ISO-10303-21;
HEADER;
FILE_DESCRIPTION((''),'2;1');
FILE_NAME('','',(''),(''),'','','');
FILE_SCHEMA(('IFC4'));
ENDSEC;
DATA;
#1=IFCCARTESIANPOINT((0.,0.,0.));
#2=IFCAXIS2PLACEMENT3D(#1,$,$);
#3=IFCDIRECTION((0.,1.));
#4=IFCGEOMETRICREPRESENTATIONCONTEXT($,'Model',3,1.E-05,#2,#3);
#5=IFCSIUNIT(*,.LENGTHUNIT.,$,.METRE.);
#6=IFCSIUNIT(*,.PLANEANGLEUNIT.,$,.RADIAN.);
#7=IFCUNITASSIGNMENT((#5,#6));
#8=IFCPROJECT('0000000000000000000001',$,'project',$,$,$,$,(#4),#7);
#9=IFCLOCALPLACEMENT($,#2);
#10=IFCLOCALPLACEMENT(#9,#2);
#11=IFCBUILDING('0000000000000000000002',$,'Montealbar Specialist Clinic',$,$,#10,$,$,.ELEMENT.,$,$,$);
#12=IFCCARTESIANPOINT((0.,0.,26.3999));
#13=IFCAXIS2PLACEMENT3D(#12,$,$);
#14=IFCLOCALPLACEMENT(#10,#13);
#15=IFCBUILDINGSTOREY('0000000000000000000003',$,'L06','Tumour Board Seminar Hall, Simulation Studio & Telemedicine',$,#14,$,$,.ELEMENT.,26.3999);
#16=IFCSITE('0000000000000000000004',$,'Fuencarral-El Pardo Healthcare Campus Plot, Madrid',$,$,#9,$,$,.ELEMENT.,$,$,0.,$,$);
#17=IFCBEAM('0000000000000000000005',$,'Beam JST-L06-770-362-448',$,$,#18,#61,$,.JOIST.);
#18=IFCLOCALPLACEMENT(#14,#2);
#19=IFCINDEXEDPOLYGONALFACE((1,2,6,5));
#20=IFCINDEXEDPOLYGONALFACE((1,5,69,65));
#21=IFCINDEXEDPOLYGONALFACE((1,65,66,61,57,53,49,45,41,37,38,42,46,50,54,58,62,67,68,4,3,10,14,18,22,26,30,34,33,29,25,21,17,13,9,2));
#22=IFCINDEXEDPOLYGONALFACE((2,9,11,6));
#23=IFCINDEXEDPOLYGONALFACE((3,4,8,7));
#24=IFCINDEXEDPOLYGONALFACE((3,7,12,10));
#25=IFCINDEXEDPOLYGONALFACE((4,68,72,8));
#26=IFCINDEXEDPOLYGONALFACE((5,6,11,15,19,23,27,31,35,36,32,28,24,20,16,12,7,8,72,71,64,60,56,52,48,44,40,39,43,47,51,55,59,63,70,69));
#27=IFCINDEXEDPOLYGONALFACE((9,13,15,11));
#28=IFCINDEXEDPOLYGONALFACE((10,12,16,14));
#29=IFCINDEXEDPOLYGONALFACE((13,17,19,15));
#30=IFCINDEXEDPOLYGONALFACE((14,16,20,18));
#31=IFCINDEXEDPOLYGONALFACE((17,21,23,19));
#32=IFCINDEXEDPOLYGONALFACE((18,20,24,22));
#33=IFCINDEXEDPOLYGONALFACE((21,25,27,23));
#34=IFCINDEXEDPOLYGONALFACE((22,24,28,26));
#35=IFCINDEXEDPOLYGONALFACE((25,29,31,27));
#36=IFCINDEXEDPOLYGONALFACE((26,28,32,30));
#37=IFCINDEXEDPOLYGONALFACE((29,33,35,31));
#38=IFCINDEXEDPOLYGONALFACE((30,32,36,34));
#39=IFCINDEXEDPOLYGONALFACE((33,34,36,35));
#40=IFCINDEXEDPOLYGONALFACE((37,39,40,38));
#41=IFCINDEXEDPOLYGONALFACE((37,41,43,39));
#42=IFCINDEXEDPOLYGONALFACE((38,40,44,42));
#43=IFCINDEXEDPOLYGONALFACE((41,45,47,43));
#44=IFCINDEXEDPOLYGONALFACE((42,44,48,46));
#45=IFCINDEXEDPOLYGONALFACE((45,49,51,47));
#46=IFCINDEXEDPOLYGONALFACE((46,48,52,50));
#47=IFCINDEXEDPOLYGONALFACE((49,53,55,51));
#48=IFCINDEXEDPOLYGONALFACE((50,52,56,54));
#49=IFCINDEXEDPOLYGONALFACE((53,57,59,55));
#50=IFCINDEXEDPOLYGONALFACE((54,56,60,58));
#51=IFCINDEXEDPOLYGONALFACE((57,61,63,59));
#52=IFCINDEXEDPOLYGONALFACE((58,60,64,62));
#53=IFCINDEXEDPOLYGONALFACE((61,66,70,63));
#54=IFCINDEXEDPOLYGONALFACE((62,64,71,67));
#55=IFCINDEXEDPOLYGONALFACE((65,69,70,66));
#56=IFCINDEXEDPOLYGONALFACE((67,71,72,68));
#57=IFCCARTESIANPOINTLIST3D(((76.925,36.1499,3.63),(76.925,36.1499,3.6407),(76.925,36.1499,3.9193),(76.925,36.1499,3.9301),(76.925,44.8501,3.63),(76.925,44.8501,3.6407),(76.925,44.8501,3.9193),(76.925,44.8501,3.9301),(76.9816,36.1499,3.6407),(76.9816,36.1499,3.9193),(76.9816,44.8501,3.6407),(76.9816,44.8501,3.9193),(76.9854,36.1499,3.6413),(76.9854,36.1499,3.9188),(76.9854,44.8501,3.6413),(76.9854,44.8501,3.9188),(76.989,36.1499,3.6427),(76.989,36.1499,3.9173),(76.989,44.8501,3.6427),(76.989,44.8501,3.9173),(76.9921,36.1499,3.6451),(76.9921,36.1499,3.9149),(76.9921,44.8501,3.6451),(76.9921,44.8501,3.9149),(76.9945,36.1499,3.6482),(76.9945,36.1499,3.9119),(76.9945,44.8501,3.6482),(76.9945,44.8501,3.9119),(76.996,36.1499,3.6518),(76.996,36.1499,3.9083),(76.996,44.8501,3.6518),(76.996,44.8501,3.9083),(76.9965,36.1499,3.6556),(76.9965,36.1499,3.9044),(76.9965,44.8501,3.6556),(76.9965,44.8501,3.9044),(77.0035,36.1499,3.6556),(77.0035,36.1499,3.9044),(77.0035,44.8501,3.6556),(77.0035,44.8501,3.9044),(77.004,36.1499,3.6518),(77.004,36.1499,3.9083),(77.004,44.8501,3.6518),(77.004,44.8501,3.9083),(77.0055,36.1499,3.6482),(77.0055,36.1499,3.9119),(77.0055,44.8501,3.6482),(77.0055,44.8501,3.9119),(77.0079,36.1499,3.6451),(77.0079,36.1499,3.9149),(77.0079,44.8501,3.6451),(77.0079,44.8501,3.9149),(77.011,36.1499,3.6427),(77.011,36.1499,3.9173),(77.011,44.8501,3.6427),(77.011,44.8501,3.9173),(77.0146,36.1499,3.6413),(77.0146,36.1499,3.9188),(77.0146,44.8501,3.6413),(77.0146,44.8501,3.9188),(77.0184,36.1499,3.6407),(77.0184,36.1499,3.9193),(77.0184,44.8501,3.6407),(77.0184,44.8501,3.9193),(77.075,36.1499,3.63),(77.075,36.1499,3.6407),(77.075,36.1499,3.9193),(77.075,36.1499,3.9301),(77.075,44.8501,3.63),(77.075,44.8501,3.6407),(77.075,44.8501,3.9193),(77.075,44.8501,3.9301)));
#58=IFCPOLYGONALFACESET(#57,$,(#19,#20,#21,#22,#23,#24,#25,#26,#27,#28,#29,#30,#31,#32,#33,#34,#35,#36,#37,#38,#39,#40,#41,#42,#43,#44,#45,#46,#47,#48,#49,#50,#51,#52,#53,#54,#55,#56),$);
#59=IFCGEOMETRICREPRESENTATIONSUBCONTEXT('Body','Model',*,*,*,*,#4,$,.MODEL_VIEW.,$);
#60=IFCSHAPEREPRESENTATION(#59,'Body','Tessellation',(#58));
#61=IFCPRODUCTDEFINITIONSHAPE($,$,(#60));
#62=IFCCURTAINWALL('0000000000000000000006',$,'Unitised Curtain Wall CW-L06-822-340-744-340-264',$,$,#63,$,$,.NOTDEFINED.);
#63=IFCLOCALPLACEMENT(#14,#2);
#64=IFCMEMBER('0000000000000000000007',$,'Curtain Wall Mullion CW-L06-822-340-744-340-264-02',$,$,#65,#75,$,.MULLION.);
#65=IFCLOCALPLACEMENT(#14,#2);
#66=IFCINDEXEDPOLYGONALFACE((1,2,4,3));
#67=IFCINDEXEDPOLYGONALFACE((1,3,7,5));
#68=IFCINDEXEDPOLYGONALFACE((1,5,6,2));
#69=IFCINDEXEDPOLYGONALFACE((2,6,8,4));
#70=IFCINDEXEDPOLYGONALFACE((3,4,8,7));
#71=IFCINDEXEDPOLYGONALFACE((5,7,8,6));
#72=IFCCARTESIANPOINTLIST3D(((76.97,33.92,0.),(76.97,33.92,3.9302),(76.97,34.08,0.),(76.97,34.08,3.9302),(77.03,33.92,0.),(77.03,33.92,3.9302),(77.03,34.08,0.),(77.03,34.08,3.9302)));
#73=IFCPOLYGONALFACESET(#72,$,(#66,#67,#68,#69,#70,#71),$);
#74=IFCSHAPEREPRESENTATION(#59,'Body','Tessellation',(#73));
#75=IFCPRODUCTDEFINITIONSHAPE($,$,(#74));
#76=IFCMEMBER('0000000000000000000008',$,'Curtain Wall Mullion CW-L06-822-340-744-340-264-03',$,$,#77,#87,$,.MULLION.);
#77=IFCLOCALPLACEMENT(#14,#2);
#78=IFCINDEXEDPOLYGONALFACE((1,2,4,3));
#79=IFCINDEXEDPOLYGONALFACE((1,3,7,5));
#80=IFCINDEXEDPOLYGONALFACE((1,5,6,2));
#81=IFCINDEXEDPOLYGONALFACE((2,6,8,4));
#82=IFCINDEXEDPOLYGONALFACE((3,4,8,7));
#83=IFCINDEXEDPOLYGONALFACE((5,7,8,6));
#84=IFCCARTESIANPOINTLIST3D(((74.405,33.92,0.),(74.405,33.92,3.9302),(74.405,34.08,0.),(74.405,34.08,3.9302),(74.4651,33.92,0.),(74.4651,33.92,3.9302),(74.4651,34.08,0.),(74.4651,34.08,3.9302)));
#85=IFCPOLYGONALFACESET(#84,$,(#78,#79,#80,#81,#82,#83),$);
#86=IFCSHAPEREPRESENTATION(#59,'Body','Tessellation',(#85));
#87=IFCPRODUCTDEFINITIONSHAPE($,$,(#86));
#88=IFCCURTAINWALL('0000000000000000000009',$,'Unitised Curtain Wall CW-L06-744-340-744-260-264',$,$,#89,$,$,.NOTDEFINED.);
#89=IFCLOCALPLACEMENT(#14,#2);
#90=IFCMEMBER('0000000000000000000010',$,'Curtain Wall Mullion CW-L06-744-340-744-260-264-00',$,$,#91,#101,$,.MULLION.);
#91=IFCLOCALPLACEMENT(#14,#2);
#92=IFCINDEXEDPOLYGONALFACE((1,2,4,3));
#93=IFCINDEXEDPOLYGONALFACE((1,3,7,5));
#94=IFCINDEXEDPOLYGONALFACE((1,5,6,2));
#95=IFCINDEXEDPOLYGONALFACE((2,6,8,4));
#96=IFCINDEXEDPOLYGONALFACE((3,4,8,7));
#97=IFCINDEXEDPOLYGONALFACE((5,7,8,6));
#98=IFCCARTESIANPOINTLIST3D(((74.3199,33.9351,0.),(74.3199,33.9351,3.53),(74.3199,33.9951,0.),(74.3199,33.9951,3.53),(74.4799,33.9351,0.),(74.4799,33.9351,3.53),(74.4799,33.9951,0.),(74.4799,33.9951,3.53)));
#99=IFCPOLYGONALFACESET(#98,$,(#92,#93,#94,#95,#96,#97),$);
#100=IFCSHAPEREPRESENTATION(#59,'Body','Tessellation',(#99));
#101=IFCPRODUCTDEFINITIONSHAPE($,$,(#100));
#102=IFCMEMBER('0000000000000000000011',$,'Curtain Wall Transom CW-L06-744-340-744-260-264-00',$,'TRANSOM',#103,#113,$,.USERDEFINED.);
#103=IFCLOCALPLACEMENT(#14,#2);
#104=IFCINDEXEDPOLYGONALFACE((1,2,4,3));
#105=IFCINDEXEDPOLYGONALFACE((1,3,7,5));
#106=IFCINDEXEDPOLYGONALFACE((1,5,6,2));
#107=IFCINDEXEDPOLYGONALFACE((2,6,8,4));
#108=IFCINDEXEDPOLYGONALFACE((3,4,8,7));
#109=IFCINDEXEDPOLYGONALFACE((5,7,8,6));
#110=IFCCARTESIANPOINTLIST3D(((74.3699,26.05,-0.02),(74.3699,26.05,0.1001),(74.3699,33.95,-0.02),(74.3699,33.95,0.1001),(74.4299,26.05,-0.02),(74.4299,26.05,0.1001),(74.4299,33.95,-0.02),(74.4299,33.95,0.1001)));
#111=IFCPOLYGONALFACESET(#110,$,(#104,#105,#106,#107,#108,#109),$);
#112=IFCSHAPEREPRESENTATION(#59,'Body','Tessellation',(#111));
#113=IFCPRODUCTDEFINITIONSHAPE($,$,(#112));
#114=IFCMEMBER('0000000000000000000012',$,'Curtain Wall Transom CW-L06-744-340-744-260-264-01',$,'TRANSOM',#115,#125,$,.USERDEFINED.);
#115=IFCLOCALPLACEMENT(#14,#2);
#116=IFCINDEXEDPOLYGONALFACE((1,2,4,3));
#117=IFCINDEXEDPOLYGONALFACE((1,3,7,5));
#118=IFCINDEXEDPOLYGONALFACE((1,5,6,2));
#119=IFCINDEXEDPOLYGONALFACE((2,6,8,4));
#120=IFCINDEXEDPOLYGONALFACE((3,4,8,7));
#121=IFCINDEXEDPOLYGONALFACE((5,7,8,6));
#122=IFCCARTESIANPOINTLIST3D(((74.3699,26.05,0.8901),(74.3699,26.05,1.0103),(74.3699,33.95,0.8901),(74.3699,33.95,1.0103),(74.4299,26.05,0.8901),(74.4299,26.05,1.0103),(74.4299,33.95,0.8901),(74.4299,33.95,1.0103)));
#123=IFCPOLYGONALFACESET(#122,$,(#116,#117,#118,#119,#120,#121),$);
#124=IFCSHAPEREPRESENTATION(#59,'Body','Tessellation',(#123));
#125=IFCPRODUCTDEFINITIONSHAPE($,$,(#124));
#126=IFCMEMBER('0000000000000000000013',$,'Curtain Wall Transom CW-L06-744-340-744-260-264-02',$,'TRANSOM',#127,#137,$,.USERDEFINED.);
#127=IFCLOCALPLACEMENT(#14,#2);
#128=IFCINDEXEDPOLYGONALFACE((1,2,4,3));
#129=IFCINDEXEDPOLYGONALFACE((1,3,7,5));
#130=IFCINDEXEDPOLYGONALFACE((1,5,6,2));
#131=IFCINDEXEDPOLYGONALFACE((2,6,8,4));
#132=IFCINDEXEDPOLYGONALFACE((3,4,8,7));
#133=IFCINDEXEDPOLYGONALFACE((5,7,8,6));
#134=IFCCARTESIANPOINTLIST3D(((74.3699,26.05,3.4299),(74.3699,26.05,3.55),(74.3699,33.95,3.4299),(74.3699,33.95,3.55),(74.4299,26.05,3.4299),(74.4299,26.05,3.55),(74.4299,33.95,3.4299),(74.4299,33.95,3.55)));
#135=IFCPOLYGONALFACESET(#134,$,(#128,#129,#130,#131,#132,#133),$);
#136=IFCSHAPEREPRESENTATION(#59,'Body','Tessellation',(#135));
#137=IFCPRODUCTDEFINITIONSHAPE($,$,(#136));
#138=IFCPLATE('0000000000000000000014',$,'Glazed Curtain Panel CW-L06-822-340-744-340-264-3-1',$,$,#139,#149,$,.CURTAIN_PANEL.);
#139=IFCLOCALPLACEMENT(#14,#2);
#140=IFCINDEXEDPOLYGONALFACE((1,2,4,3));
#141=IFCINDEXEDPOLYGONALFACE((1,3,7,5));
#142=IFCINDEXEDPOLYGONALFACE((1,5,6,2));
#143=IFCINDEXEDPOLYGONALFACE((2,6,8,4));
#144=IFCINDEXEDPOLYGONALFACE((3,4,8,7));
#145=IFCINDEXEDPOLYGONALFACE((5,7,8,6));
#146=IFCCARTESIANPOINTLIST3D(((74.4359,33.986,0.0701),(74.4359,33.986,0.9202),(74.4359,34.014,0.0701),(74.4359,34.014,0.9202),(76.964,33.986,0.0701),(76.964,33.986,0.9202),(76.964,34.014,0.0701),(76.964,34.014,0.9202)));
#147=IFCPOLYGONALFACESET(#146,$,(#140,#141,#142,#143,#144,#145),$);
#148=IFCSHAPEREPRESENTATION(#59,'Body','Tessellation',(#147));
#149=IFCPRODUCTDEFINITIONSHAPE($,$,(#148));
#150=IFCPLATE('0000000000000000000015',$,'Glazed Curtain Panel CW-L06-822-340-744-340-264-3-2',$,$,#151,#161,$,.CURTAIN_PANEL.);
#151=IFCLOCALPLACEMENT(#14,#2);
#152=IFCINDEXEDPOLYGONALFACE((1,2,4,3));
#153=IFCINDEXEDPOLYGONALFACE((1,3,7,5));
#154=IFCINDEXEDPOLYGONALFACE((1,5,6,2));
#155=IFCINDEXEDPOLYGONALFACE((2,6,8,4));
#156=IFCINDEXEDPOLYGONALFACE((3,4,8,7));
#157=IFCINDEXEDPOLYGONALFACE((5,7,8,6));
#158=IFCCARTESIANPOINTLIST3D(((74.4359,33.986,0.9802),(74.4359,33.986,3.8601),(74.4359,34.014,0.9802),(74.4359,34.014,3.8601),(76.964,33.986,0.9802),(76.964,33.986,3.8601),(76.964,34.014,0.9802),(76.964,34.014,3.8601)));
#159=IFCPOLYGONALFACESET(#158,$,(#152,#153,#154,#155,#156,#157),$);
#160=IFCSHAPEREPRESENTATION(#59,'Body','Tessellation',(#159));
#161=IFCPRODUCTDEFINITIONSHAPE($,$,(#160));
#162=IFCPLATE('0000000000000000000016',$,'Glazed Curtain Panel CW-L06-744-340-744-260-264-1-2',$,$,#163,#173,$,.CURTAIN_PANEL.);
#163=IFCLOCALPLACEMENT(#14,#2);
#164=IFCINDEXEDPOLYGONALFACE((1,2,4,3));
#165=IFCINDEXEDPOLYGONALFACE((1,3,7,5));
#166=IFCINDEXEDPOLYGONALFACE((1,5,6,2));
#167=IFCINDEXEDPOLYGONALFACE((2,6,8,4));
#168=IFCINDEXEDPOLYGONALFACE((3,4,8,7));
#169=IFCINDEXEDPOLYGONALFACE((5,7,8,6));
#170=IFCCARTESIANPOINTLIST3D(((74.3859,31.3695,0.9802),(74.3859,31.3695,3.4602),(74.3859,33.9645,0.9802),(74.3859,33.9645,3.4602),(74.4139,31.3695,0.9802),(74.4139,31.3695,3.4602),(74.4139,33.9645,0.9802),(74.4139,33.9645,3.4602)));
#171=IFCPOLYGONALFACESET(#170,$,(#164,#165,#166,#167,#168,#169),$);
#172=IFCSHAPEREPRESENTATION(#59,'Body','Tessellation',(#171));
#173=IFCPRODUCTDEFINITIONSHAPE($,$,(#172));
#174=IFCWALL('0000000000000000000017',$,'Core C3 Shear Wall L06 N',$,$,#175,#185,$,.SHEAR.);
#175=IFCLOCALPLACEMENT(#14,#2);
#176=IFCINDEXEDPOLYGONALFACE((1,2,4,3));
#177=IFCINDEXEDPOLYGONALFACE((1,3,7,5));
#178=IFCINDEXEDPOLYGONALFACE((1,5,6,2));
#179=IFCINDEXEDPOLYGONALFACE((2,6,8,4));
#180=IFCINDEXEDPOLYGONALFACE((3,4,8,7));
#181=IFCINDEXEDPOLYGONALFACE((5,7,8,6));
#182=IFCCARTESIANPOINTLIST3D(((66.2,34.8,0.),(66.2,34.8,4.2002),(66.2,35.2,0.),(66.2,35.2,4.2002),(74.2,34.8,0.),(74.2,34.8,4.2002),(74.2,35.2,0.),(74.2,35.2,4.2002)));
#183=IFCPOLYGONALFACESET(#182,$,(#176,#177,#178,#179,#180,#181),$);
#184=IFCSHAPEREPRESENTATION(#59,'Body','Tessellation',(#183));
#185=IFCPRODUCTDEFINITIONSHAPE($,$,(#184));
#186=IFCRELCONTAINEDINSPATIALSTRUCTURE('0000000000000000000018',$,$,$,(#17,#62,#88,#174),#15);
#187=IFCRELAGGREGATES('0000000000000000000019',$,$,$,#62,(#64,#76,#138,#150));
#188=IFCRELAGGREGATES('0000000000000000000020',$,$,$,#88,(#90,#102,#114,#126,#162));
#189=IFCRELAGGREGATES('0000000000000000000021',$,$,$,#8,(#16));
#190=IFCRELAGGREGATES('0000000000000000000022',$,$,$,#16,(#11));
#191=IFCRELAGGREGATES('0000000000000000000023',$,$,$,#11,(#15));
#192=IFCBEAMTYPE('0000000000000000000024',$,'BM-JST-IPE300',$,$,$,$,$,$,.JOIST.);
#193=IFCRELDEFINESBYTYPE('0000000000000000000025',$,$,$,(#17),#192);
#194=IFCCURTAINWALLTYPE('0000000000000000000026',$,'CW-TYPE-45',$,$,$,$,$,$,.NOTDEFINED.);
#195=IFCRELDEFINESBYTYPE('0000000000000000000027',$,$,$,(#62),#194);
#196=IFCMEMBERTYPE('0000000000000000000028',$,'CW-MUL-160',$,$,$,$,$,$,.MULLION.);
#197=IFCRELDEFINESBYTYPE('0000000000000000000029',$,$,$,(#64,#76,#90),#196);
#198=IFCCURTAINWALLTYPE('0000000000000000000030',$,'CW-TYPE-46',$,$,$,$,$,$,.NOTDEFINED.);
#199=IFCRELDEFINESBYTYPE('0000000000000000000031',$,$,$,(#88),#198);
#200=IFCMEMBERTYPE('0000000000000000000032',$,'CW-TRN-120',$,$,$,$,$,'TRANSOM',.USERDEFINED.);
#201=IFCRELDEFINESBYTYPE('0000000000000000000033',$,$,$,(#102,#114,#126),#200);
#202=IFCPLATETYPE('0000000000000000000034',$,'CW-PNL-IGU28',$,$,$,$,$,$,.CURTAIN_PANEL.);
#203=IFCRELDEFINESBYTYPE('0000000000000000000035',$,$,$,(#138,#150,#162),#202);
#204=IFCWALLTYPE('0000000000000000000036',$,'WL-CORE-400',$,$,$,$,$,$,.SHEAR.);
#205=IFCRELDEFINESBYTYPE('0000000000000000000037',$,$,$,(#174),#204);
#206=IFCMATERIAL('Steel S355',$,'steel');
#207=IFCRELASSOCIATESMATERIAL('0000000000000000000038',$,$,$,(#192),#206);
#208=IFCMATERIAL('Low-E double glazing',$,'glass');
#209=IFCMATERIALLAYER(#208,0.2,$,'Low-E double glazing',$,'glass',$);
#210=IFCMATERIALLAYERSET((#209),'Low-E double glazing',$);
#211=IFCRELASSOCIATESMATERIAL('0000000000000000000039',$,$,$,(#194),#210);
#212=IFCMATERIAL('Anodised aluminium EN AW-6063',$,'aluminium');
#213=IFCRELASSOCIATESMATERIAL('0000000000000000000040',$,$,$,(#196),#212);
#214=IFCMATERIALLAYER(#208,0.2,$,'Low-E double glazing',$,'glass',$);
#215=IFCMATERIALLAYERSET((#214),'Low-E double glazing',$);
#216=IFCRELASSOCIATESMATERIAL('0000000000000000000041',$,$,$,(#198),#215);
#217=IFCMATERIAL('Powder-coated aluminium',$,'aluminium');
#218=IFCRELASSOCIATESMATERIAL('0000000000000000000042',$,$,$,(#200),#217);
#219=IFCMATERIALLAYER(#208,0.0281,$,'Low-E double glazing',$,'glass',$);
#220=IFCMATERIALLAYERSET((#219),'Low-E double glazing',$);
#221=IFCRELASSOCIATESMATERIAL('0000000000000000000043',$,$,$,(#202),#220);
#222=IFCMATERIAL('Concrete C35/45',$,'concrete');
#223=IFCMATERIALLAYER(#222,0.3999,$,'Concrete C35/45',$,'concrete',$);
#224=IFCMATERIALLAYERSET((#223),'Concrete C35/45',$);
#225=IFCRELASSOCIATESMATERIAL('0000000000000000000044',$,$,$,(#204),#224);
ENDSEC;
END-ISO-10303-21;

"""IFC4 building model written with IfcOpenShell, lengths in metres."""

from ifc_helpers import new_model, si_unit, direction, frame, frame_2d, origin, origin_2d, place, context, subcontext, project, spatial, rectangle, i_section, extrude, material, layer, layer_set, material_profile, profile_set, type_object, element, aggregate, save


model = new_model("IFC4")

# Units and contexts
model_context = context("Model", 3, precision=1e-05, world=origin(), true_north=direction((0.0, 1.0)))
body_context = subcontext(model_context, "Body", "Model", "MODEL_VIEW")
ifc_project = project(units=[si_unit("LENGTHUNIT", "METRE"), si_unit("PLANEANGLEUNIT", "RADIAN")], contexts=[model_context])

# Site, building, storey
site_placement = place(None, origin())
site = spatial("IfcSite", under=ifc_project, at=site_placement, Name="Fuencarral-El Pardo Healthcare Campus Plot, Madrid", CompositionType="ELEMENT", RefElevation=0.0)
building_placement = place(site_placement, origin())
building = spatial("IfcBuilding", under=site, at=building_placement, Name="Montealbar Specialist Clinic", CompositionType="ELEMENT")
storey_placement = place(building_placement, frame((0.0, 0.0, 26.3999)))
storey = spatial("IfcBuildingStorey", under=building, at=storey_placement, Name="L06", Description="Tumour Board Seminar Hall, Simulation Studio & Telemedicine", CompositionType="ELEMENT", Elevation=26.3999)

# Shared definitions
ifc_material_1 = material(Name="Steel S355", Category="steel")

# Beam
ifc_material_profile_1 = material_profile(ifc_material_1, i_section(OverallWidth=0.1499, OverallDepth=0.3, WebThickness=0.0071, FlangeThickness=0.0107, FilletRadius=0.0149, at=origin_2d()), Name="IPE 300", Category="steel")
ifc_profile_set_1 = profile_set([ifc_material_profile_1], Name="Steel S355")
beam_type_1 = type_object("IfcBeamType", Name="BM-JST-IPE300", PredefinedType="JOIST", material=ifc_profile_set_1)
beam_1_placement = place(storey_placement, frame((77.0, 36.1499, 3.78), z_axis=(0.0, 1.0, 0.0), x_axis=(-1.0, 0.0, 0.0)))
element("IfcBeam", 1, at=beam_1_placement, inside=storey, type_object=beam_type_1, Name="Beam JST-L06-770-362-448", PredefinedType="JOIST", context=body_context, shape_type="SweptSolid", body=[
    extrude(i_section(OverallWidth=0.1499, OverallDepth=0.3, WebThickness=0.0071, FlangeThickness=0.0107, FilletRadius=0.0149, at=origin_2d()), origin(), (0.0, 0.0, 1.0), 8.7002),
])

# Curtain walls, members
ifc_material_2 = material(Name="Low-E double glazing", Category="glass")
ifc_layer_1 = layer(ifc_material_2, 0.2, Name="Low-E double glazing", Category="glass")
ifc_layer_set_1 = layer_set([ifc_layer_1], Name="Low-E double glazing")
curtain_wall_type_1 = type_object("IfcCurtainWallType", Name="CW-TYPE-45", PredefinedType="NOTDEFINED", material=ifc_layer_set_1)
curtain_wall_1_placement = place(storey_placement, origin())
curtain_wall_1 = element("IfcCurtainWall", 2, at=curtain_wall_1_placement, inside=storey, type_object=curtain_wall_type_1, Name="Unitised Curtain Wall CW-L06-822-340-744-340-264", PredefinedType="NOTDEFINED")
ifc_material_3 = material(Name="Anodised aluminium EN AW-6063", Category="aluminium")
ifc_material_profile_2 = material_profile(ifc_material_3, rectangle(XDim=0.0601, YDim=0.1599, at=origin_2d()), Name="ALU 60x160", Category="aluminium")
ifc_profile_set_2 = profile_set([ifc_material_profile_2], Name="Anodised aluminium EN AW-6063")
member_type_1 = type_object("IfcMemberType", Name="CW-MUL-160", PredefinedType="MULLION", material=ifc_profile_set_2)
member_1_placement = place(storey_placement, frame((77.0, 34.0, 0.0), z_axis=(0.0, 0.0, 1.0), x_axis=(-1.0, 0.0, 0.0)))
member_1 = element("IfcMember", 3, at=member_1_placement, type_object=member_type_1, Name="Curtain Wall Mullion CW-L06-822-340-744-340-264-02", PredefinedType="MULLION", context=body_context, shape_type="SweptSolid", body=[
    extrude(rectangle(XDim=0.0601, YDim=0.1599, at=origin_2d()), origin(), (0.0, 0.0, 1.0), 3.9302),
])
member_2_placement = place(storey_placement, frame((74.4351, 34.0, 0.0), z_axis=(0.0, 0.0, 1.0), x_axis=(-1.0, 0.0, 0.0)))
member_2 = element("IfcMember", 4, at=member_2_placement, type_object=member_type_1, Name="Curtain Wall Mullion CW-L06-822-340-744-340-264-03", PredefinedType="MULLION", context=body_context, shape_type="SweptSolid", body=[
    extrude(rectangle(XDim=0.0601, YDim=0.1599, at=origin_2d()), origin(), (0.0, 0.0, 1.0), 3.9302),
])
ifc_layer_2 = layer(ifc_material_2, 0.2, Name="Low-E double glazing", Category="glass")
ifc_layer_set_2 = layer_set([ifc_layer_2], Name="Low-E double glazing")
curtain_wall_type_2 = type_object("IfcCurtainWallType", Name="CW-TYPE-46", PredefinedType="NOTDEFINED", material=ifc_layer_set_2)
curtain_wall_2_placement = place(storey_placement, origin())
curtain_wall_2 = element("IfcCurtainWall", 5, at=curtain_wall_2_placement, inside=storey, type_object=curtain_wall_type_2, Name="Unitised Curtain Wall CW-L06-744-340-744-260-264", PredefinedType="NOTDEFINED")
member_3_placement = place(storey_placement, frame((74.3999, 33.9651, 0.0), z_axis=(0.0, 0.0, 1.0), x_axis=(0.0, -1.0, 0.0)))
member_3 = element("IfcMember", 6, at=member_3_placement, type_object=member_type_1, Name="Curtain Wall Mullion CW-L06-744-340-744-260-264-00", PredefinedType="MULLION", context=body_context, shape_type="SweptSolid", body=[
    extrude(rectangle(XDim=0.0601, YDim=0.1599, at=origin_2d()), origin(), (0.0, 0.0, 1.0), 3.53),
])
ifc_material_4 = material(Name="Powder-coated aluminium", Category="aluminium")
ifc_material_profile_3 = material_profile(ifc_material_4, rectangle(XDim=0.0601, YDim=0.1201, at=origin_2d()), Name="ALU 60x120", Category="aluminium")
ifc_profile_set_3 = profile_set([ifc_material_profile_3], Name="Powder-coated aluminium")
member_type_2 = type_object("IfcMemberType", Name="CW-TRN-120", ElementType="TRANSOM", PredefinedType="USERDEFINED", material=ifc_profile_set_3)
member_4_placement = place(storey_placement, frame((74.3999, 33.95, 0.04), z_axis=(0.0, -1.0, 0.0), x_axis=(1.0, 0.0, 0.0)))
member_4 = element("IfcMember", 7, at=member_4_placement, type_object=member_type_2, Name="Curtain Wall Transom CW-L06-744-340-744-260-264-00", ObjectType="TRANSOM", PredefinedType="USERDEFINED", context=body_context, shape_type="SweptSolid", body=[
    extrude(rectangle(XDim=0.0601, YDim=0.1201, at=origin_2d()), origin(), (0.0, 0.0, 1.0), 7.8999),
])
member_5_placement = place(storey_placement, frame((74.3999, 33.95, 0.9502), z_axis=(0.0, -1.0, 0.0), x_axis=(1.0, 0.0, 0.0)))
member_5 = element("IfcMember", 8, at=member_5_placement, type_object=member_type_2, Name="Curtain Wall Transom CW-L06-744-340-744-260-264-01", ObjectType="TRANSOM", PredefinedType="USERDEFINED", context=body_context, shape_type="SweptSolid", body=[
    extrude(rectangle(XDim=0.0601, YDim=0.1201, at=origin_2d()), origin(), (0.0, 0.0, 1.0), 7.8999),
])
member_6_placement = place(storey_placement, frame((74.3999, 33.95, 3.49), z_axis=(0.0, -1.0, 0.0), x_axis=(1.0, 0.0, 0.0)))
member_6 = element("IfcMember", 9, at=member_6_placement, type_object=member_type_2, Name="Curtain Wall Transom CW-L06-744-340-744-260-264-02", ObjectType="TRANSOM", PredefinedType="USERDEFINED", context=body_context, shape_type="SweptSolid", body=[
    extrude(rectangle(XDim=0.0601, YDim=0.1201, at=origin_2d()), origin(), (0.0, 0.0, 1.0), 7.8999),
])

# Plates
ifc_layer_3 = layer(ifc_material_2, 0.0281, Name="Low-E double glazing", Category="glass")
ifc_layer_set_3 = layer_set([ifc_layer_3], Name="Low-E double glazing")
plate_type = type_object("IfcPlateType", Name="CW-PNL-IGU28", PredefinedType="CURTAIN_PANEL", material=ifc_layer_set_3)
plate_1_placement = place(storey_placement, frame((75.7, 34.0, 0.0701), z_axis=(0.0, 0.0, 1.0), x_axis=(-1.0, 0.0, 0.0)))
plate_1 = element("IfcPlate", 10, at=plate_1_placement, type_object=plate_type, Name="Glazed Curtain Panel CW-L06-822-340-744-340-264-3-1", PredefinedType="CURTAIN_PANEL", context=body_context, shape_type="SweptSolid", body=[
    extrude(rectangle(XDim=2.5281, YDim=0.0281, at=origin_2d()), origin(), (0.0, 0.0, 1.0), 0.8501),
])
plate_2_placement = place(storey_placement, frame((75.7, 34.0, 0.9802), z_axis=(0.0, 0.0, 1.0), x_axis=(-1.0, 0.0, 0.0)))
plate_2 = element("IfcPlate", 11, at=plate_2_placement, type_object=plate_type, Name="Glazed Curtain Panel CW-L06-822-340-744-340-264-3-2", PredefinedType="CURTAIN_PANEL", context=body_context, shape_type="SweptSolid", body=[
    extrude(rectangle(XDim=2.5281, YDim=0.0281, at=origin_2d()), origin(), (0.0, 0.0, 1.0), 2.8799),
])
aggregate(curtain_wall_1, [member_1, member_2, plate_1, plate_2])
plate_3_placement = place(storey_placement, frame((74.3999, 32.667, 0.9802), z_axis=(0.0, 0.0, 1.0), x_axis=(0.0, -1.0, 0.0)))
plate_3 = element("IfcPlate", 12, at=plate_3_placement, type_object=plate_type, Name="Glazed Curtain Panel CW-L06-744-340-744-260-264-1-2", PredefinedType="CURTAIN_PANEL", context=body_context, shape_type="SweptSolid", body=[
    extrude(rectangle(XDim=2.595, YDim=0.0281, at=origin_2d()), origin(), (0.0, 0.0, 1.0), 2.48),
])
aggregate(curtain_wall_2, [member_3, member_4, member_5, member_6, plate_3])

# Wall
ifc_material_5 = material(Name="Concrete C35/45", Category="concrete")
ifc_layer_4 = layer(ifc_material_5, 0.3999, Name="Concrete C35/45", Category="concrete")
ifc_layer_set_4 = layer_set([ifc_layer_4], Name="Concrete C35/45")
wall_type_1 = type_object("IfcWallType", Name="WL-CORE-400", PredefinedType="SHEAR", material=ifc_layer_set_4)
wall_1_placement = place(storey_placement, frame((66.2, 35.0, 0.0), z_axis=(0.0, 0.0, 1.0), x_axis=(1.0, 0.0, 0.0)))
element("IfcWall", 13, at=wall_1_placement, inside=storey, type_object=wall_type_1, Name="Core C3 Shear Wall L06 N", PredefinedType="SHEAR", context=body_context, shape_type="SweptSolid", body=[
    extrude(rectangle(XDim=8.0, YDim=0.3999, at=frame_2d((4.0, 0.0))), origin(), (0.0, 0.0, 1.0), 4.2002),
])

save(model, "model.ifc")
